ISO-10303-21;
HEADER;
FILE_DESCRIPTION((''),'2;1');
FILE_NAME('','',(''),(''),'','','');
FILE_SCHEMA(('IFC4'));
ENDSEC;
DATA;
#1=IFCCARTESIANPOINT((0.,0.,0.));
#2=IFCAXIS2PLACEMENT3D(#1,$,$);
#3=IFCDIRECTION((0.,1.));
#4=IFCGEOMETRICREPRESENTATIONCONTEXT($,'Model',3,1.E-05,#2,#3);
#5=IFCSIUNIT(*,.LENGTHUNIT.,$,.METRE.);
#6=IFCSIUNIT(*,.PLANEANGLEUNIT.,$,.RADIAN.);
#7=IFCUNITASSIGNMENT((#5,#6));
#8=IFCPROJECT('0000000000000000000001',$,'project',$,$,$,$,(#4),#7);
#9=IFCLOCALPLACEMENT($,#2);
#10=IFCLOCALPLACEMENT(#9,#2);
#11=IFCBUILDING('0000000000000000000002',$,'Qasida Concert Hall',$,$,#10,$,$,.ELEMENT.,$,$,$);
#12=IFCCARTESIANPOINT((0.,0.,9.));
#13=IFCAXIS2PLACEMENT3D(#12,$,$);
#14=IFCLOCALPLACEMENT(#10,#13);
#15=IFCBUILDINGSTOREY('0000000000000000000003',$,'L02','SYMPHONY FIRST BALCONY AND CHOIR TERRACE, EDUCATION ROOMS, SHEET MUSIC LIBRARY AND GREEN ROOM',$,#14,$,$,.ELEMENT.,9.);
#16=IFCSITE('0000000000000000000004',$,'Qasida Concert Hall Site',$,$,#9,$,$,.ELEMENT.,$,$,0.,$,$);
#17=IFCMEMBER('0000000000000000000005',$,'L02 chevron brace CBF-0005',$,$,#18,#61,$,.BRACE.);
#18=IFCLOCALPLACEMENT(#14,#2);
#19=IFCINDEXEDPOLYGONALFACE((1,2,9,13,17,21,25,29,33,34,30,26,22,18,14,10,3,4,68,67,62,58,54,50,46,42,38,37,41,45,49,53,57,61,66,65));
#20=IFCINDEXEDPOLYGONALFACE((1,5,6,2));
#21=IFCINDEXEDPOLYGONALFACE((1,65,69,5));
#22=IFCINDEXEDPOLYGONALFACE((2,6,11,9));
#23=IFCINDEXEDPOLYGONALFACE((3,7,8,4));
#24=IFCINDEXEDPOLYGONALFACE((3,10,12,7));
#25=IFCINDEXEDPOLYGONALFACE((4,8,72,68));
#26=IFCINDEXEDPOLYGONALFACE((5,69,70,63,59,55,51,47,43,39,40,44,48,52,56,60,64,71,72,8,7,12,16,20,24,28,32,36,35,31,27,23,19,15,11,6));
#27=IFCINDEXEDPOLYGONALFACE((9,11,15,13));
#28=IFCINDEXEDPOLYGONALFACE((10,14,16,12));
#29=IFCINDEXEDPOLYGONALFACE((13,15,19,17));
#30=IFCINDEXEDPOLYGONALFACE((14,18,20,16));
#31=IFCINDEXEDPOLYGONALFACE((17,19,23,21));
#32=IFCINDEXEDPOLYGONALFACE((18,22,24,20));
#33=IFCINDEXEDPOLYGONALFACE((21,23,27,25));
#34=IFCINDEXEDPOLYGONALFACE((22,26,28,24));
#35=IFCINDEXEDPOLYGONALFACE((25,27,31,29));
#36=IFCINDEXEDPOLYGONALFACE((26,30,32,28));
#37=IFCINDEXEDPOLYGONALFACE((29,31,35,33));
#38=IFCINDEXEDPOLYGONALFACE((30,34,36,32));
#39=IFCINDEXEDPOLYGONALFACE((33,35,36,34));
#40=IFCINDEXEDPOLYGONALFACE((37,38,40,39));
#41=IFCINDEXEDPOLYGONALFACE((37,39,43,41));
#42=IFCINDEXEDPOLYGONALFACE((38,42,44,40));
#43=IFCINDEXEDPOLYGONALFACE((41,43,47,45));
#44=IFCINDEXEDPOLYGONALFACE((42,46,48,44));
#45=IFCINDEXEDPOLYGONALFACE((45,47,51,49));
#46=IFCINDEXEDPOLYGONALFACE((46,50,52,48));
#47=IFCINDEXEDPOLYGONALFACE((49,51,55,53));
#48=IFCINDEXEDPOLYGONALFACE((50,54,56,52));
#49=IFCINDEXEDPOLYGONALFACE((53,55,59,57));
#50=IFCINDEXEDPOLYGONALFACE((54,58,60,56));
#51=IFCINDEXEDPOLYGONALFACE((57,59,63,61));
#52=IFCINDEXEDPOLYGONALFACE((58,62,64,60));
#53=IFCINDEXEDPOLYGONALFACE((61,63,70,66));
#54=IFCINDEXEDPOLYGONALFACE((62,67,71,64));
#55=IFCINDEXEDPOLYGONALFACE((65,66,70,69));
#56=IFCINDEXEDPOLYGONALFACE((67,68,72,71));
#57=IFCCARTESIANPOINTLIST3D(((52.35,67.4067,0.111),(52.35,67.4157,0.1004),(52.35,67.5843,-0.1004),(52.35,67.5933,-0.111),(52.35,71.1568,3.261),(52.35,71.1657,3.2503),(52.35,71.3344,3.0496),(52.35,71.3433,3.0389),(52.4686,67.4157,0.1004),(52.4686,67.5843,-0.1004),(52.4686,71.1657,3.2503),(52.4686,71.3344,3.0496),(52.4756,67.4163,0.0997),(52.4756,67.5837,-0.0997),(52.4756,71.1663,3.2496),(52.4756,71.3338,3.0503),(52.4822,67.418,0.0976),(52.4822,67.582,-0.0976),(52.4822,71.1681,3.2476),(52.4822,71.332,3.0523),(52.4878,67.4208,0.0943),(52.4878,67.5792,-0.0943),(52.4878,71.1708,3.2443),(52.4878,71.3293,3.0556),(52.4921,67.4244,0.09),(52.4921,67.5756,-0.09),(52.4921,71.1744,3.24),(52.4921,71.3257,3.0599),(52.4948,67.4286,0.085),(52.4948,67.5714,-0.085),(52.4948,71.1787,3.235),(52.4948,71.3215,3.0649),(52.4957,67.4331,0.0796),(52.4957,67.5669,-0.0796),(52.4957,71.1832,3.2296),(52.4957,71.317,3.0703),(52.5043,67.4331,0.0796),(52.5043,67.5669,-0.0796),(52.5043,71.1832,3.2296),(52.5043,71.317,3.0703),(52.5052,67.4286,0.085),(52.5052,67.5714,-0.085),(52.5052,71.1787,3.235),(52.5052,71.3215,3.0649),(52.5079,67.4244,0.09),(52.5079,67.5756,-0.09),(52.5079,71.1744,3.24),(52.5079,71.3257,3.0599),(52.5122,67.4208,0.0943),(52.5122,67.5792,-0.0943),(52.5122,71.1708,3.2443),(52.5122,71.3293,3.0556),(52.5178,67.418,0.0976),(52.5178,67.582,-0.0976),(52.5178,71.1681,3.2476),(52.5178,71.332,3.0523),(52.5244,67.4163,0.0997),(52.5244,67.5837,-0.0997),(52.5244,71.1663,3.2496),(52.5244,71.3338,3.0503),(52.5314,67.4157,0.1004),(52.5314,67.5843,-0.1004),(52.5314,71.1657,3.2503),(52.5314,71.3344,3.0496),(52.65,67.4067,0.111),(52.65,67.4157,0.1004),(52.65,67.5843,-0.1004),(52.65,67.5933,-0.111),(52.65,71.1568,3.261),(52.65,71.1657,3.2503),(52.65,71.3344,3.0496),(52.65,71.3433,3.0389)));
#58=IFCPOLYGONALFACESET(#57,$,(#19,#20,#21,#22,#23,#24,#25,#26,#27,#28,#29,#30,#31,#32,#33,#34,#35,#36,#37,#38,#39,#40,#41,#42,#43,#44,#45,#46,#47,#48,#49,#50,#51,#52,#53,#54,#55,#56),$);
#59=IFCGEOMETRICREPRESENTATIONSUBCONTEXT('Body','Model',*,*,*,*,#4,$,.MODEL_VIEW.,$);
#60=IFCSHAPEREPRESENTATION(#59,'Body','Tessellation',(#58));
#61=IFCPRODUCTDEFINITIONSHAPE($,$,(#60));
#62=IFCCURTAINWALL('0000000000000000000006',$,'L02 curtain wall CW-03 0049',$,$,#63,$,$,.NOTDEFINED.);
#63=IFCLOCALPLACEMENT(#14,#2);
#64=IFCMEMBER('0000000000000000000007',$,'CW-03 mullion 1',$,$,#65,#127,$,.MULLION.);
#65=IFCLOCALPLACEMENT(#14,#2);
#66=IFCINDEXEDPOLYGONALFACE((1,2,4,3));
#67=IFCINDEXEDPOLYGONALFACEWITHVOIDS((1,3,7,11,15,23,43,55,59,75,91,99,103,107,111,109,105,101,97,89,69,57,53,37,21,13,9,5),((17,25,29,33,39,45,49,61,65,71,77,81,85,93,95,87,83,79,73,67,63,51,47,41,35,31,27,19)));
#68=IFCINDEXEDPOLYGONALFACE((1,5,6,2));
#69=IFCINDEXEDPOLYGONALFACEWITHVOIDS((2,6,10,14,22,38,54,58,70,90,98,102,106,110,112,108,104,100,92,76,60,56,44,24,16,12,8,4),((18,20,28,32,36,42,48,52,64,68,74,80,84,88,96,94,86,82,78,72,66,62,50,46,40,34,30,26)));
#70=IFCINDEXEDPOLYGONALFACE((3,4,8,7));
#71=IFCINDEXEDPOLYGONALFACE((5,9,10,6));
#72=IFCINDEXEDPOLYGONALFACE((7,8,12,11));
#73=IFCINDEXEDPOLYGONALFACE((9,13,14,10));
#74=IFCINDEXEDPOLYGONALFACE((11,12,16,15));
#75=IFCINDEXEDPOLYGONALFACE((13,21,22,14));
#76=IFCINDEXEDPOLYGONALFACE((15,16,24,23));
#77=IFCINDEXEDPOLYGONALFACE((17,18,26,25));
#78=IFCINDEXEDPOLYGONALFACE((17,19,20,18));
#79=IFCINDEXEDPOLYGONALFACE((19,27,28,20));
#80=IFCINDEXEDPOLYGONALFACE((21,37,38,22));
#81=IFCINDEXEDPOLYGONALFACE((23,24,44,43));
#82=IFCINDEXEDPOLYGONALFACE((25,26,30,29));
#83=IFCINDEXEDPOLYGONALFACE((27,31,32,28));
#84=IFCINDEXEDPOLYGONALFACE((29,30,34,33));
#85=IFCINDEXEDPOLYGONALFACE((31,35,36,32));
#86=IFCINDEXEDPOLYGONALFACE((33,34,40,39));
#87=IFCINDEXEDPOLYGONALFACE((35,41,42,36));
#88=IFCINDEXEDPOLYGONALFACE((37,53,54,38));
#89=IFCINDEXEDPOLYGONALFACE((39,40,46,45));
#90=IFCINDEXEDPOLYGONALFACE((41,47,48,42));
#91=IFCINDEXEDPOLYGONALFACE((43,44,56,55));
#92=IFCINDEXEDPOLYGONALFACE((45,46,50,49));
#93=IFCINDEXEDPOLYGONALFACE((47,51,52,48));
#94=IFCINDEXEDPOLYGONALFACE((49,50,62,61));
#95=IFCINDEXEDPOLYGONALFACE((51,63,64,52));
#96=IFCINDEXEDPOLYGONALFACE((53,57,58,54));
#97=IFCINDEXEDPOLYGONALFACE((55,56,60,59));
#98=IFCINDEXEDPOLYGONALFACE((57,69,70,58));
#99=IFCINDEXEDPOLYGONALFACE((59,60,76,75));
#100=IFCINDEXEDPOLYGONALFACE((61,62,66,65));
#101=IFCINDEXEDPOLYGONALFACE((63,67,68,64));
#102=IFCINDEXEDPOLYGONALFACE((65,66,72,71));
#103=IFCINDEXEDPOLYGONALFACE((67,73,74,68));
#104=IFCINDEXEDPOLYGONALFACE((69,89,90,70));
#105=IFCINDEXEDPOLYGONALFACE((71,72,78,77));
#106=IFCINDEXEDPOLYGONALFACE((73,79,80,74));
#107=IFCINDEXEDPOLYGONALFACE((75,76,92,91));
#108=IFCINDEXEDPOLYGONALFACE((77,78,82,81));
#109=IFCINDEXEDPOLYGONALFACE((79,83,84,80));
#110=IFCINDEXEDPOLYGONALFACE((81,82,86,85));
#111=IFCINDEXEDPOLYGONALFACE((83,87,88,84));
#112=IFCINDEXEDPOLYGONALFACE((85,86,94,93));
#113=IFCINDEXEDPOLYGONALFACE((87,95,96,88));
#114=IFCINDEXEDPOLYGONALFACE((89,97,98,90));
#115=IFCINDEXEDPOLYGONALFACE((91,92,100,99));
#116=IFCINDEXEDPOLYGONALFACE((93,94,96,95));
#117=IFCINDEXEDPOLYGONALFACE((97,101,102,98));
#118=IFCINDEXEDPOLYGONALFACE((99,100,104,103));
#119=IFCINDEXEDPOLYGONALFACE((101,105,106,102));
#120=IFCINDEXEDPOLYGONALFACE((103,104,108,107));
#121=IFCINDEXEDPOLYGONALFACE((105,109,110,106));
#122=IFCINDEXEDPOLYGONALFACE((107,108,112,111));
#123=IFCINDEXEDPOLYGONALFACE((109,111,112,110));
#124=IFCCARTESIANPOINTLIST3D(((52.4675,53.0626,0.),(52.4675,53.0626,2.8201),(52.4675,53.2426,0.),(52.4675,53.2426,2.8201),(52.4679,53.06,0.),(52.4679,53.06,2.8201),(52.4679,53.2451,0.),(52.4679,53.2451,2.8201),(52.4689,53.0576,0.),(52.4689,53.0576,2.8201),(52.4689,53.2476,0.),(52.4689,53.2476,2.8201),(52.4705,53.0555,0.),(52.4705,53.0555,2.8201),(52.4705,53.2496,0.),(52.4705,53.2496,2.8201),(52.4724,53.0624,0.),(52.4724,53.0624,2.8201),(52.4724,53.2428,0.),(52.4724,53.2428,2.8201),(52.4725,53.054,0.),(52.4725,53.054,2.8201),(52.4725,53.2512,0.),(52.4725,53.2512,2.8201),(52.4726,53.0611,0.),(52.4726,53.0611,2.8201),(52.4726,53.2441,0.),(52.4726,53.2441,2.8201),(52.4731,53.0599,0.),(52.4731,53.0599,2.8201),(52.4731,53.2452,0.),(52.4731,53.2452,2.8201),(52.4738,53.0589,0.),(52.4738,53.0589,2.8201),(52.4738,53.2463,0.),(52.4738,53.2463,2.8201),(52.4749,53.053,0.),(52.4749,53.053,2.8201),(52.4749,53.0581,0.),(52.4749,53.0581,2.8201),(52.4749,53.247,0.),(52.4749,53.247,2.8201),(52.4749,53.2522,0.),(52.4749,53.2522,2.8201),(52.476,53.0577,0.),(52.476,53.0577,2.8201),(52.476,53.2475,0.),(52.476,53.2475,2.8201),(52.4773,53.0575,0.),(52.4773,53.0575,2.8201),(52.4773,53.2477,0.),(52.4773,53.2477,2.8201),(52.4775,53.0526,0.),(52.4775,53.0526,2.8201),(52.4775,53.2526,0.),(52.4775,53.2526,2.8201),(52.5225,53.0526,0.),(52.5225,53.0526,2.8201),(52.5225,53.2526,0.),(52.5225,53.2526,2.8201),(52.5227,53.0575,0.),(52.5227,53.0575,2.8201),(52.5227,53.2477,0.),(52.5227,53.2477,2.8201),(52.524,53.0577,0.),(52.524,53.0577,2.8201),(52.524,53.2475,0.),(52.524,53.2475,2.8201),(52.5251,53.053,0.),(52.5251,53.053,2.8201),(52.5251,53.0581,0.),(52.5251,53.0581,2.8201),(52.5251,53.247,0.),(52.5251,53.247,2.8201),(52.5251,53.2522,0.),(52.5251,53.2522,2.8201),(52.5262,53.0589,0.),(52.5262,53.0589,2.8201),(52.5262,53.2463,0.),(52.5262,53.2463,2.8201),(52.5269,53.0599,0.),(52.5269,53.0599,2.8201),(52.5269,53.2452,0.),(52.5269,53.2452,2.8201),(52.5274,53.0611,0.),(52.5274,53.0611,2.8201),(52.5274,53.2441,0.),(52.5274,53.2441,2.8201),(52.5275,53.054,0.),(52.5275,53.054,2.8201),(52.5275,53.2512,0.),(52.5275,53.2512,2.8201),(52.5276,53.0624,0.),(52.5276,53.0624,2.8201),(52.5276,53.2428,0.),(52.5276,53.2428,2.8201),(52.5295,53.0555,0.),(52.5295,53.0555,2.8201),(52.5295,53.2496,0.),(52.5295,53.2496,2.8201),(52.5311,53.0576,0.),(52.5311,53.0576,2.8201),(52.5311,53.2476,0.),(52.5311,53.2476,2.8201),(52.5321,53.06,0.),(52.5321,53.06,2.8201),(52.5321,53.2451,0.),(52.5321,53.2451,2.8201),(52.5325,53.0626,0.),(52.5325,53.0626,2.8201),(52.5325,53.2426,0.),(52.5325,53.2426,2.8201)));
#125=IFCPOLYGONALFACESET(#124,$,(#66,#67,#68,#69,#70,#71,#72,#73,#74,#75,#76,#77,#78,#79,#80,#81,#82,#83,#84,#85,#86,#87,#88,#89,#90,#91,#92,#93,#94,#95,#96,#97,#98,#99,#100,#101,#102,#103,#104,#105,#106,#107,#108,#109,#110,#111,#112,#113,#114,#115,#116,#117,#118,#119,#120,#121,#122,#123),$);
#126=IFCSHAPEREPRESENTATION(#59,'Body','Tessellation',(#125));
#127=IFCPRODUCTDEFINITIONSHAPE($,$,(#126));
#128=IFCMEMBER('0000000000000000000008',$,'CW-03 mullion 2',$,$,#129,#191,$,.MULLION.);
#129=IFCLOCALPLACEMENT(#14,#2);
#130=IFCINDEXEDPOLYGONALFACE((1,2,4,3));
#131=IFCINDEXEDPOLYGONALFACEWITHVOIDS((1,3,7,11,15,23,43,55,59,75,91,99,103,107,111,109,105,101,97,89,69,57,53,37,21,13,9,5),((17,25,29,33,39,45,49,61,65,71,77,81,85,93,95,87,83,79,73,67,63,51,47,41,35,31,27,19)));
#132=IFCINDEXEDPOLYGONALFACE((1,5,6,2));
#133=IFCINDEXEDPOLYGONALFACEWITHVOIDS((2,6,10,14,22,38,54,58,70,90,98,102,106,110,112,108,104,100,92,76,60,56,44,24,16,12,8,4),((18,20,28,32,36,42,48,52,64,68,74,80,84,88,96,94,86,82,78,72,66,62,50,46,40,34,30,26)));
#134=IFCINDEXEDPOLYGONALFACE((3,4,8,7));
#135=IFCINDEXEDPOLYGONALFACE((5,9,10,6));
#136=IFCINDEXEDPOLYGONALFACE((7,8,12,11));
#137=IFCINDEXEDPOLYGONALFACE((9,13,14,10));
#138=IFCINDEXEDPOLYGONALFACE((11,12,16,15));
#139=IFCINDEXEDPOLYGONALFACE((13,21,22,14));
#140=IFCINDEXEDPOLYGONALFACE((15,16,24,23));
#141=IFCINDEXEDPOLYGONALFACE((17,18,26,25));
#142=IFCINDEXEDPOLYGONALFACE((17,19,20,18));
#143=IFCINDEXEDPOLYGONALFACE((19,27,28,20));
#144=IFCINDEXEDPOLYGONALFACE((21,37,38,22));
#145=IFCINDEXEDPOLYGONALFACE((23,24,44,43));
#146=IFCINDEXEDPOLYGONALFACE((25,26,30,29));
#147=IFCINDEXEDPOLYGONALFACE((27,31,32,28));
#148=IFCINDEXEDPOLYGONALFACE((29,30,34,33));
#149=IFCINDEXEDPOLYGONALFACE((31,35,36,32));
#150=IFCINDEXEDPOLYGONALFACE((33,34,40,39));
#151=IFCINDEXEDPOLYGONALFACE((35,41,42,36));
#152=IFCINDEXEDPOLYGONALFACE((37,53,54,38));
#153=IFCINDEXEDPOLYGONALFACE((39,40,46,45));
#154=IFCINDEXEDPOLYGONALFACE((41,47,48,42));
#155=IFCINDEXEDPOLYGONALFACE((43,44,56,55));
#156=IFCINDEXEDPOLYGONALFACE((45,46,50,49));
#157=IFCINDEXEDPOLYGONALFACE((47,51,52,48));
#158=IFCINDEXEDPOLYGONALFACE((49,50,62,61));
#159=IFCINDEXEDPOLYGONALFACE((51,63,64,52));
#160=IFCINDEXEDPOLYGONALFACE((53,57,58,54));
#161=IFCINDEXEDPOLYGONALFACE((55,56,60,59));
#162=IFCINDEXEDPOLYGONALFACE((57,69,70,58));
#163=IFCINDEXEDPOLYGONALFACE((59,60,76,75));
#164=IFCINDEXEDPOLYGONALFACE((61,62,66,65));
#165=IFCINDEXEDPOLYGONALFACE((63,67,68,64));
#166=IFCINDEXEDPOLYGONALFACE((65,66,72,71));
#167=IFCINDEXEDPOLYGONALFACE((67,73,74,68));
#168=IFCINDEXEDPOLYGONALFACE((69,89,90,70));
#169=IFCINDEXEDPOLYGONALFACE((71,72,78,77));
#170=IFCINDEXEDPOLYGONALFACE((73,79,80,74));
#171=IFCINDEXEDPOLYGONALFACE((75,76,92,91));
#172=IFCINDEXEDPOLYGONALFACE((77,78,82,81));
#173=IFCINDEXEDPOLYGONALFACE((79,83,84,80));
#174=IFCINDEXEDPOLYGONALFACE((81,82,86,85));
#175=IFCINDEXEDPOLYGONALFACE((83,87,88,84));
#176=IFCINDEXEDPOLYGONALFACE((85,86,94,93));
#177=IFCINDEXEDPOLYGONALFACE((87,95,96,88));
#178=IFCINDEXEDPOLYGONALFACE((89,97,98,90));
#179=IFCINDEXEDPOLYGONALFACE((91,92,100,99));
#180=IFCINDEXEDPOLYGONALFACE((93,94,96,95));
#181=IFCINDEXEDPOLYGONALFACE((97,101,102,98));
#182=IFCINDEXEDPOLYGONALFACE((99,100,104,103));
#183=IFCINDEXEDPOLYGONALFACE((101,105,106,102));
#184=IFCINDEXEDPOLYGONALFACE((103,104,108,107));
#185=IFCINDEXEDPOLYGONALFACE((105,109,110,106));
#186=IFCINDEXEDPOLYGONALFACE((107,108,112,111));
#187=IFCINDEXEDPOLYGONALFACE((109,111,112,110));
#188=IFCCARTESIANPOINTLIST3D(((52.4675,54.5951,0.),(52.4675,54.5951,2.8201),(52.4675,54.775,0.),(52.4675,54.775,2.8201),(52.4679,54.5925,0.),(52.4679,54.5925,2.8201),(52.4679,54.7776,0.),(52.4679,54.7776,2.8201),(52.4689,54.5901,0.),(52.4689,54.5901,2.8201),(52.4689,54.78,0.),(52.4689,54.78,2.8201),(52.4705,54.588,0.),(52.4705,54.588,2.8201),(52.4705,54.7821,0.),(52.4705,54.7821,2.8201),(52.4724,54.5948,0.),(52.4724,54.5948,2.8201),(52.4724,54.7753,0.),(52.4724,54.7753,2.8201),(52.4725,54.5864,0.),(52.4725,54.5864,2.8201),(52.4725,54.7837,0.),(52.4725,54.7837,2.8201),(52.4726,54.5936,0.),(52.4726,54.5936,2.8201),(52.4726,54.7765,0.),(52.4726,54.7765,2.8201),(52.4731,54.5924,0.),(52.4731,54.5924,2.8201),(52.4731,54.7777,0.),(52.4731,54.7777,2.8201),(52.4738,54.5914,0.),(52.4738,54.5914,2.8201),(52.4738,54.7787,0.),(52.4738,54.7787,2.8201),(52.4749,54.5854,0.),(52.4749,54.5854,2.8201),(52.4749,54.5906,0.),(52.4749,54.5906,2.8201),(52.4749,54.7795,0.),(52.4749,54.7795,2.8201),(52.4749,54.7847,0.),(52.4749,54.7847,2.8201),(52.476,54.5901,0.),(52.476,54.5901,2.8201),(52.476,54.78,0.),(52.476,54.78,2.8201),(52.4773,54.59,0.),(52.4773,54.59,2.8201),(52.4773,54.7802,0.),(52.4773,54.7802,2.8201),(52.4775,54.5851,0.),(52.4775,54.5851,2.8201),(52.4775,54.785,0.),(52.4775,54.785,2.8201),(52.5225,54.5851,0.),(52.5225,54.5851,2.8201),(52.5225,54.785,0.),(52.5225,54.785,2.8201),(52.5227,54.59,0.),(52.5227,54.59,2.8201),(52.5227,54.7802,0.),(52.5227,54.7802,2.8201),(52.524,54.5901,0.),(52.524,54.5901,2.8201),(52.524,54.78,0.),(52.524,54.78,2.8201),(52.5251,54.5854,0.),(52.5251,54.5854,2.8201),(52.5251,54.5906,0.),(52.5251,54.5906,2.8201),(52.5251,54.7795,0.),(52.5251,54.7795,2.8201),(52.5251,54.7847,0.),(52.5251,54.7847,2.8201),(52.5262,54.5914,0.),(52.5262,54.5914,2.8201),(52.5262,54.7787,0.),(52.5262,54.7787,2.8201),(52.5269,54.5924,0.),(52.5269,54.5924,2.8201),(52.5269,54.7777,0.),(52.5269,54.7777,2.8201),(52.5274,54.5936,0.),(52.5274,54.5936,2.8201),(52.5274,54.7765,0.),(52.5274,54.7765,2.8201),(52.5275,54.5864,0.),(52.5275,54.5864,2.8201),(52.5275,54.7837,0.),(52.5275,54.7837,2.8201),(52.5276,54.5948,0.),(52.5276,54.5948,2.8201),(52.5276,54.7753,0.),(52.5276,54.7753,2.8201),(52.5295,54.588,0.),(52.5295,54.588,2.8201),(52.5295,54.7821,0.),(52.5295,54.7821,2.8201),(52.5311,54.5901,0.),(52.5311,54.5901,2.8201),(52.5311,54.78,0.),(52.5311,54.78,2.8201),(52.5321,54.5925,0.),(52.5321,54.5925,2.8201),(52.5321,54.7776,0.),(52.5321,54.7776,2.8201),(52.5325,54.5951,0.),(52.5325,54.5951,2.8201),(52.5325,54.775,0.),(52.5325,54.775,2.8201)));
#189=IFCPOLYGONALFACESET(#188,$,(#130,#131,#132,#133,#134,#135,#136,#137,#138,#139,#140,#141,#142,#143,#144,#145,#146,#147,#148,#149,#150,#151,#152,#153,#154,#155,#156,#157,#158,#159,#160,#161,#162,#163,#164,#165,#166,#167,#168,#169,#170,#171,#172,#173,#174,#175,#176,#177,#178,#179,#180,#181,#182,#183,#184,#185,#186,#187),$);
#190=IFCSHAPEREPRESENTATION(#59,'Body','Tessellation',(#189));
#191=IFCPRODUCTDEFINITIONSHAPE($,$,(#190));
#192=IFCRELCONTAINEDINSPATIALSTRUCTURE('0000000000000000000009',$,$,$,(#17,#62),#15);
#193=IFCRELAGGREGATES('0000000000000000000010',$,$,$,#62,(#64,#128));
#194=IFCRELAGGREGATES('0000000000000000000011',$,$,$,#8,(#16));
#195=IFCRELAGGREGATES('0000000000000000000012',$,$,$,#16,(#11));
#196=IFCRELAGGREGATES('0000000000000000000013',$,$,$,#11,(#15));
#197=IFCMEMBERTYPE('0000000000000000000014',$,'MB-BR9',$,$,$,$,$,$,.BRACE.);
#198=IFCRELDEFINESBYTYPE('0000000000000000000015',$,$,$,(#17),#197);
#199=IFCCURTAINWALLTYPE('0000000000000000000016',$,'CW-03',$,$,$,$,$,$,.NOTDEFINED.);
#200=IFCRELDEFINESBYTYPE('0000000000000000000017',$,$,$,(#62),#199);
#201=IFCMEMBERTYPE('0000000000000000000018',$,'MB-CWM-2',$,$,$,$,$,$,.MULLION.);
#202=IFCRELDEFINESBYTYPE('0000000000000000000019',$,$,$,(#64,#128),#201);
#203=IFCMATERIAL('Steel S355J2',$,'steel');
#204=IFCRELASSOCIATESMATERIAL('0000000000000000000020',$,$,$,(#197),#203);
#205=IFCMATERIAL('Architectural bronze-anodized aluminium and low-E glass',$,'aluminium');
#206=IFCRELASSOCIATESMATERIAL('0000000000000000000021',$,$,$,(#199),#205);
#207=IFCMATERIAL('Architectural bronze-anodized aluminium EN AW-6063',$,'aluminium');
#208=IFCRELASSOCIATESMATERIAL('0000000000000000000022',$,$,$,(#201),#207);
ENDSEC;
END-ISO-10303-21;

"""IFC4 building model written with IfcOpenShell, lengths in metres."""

from ifc_helpers import new_model, si_unit, direction, frame, origin, origin_2d, place, context, subcontext, project, spatial, hollow_rectangle, i_section, extrude, material, material_profile, profile_set, type_object, element, aggregate, save


model = new_model("IFC4")

# Units and contexts
model_context = context("Model", 3, precision=1e-05, world=origin(), true_north=direction((0.0, 1.0)))
body_context = subcontext(model_context, "Body", "Model", "MODEL_VIEW")
ifc_project = project(units=[si_unit("LENGTHUNIT", "METRE"), si_unit("PLANEANGLEUNIT", "RADIAN")], contexts=[model_context])

# Site, building, storey
site_placement = place(None, origin())
site = spatial("IfcSite", under=ifc_project, at=site_placement, Name="Qasida Concert Hall Site", CompositionType="ELEMENT", RefElevation=0.0)
building_placement = place(site_placement, origin())
building = spatial("IfcBuilding", under=site, at=building_placement, Name="Qasida Concert Hall", CompositionType="ELEMENT")
storey_placement = place(building_placement, frame((0.0, 0.0, 9.0)))
storey = spatial("IfcBuildingStorey", under=building, at=storey_placement, Name="L02", Description="SYMPHONY FIRST BALCONY AND CHOIR TERRACE, EDUCATION ROOMS, SHEET MUSIC LIBRARY AND GREEN ROOM", CompositionType="ELEMENT", Elevation=9.0)

# Shared definitions
ifc_material_1 = material(Name="Steel S355J2", Category="steel")

# Member
ifc_material_profile_1 = material_profile(ifc_material_1, i_section(OverallWidth=0.3, OverallDepth=0.29, WebThickness=0.0085, FlangeThickness=0.0139, FilletRadius=0.0271, at=origin_2d()), Name="HEA 300")
ifc_profile_set_1 = profile_set([ifc_material_profile_1], Name="Steel S355J2")
member_type_1 = type_object("IfcMemberType", Name="MB-BR9", PredefinedType="BRACE", material=ifc_profile_set_1)
member_1_placement = place(storey_placement, frame((52.5, 67.5, 0.0), z_axis=(0.0, 0.765715, 0.64318), x_axis=(-1.0, 0.0, 0.0)))
element("IfcMember", 1, at=member_1_placement, inside=storey, type_object=member_type_1, Name="L02 chevron brace CBF-0005", PredefinedType="BRACE", context=body_context, shape_type="SweptSolid", body=[
    extrude(i_section(OverallWidth=0.3, OverallDepth=0.29, WebThickness=0.0085, FlangeThickness=0.0139, FilletRadius=0.0271, at=origin_2d()), origin(), (0.0, 0.0, 1.0), 4.8975),
])

# Curtain wall, members
ifc_material_2 = material(Name="Architectural bronze-anodized aluminium and low-E glass", Category="aluminium")
curtain_wall_type_1 = type_object("IfcCurtainWallType", Name="CW-03", PredefinedType="NOTDEFINED", material=ifc_material_2)
curtain_wall_1_placement = place(storey_placement, origin())
curtain_wall_1 = element("IfcCurtainWall", 2, at=curtain_wall_1_placement, inside=storey, type_object=curtain_wall_type_1, Name="L02 curtain wall CW-03 0049", PredefinedType="NOTDEFINED")
ifc_material_3 = material(Name="Architectural bronze-anodized aluminium EN AW-6063", Category="aluminium")
ifc_material_profile_2 = material_profile(ifc_material_3, hollow_rectangle(XDim=0.0649, YDim=0.2, WallThickness=0.0049, InnerFilletRadius=0.0049, OuterFilletRadius=0.01, at=origin_2d()), Name="CWM 200x65x5")
ifc_profile_set_2 = profile_set([ifc_material_profile_2], Name="Architectural bronze-anodized aluminium EN AW-6063")
member_type_2 = type_object("IfcMemberType", Name="MB-CWM-2", PredefinedType="MULLION", material=ifc_profile_set_2)
member_2_placement = place(storey_placement, frame((52.5, 53.1526, 0.0), z_axis=(0.0, 0.0, 1.0), x_axis=(-1.0, 0.0, 0.0)))
member_2 = element("IfcMember", 3, at=member_2_placement, type_object=member_type_2, Name="CW-03 mullion 1", PredefinedType="MULLION", context=body_context, shape_type="SweptSolid", body=[
    extrude(hollow_rectangle(XDim=0.0649, YDim=0.2, WallThickness=0.0049, InnerFilletRadius=0.0049, OuterFilletRadius=0.01, at=origin_2d()), origin(), (0.0, 0.0, 1.0), 2.8201),
])
member_3_placement = place(storey_placement, frame((52.5, 54.6851, 0.0), z_axis=(0.0, 0.0, 1.0), x_axis=(-1.0, 0.0, 0.0)))
member_3 = element("IfcMember", 4, at=member_3_placement, type_object=member_type_2, Name="CW-03 mullion 2", PredefinedType="MULLION", context=body_context, shape_type="SweptSolid", body=[
    extrude(hollow_rectangle(XDim=0.0649, YDim=0.2, WallThickness=0.0049, InnerFilletRadius=0.0049, OuterFilletRadius=0.01, at=origin_2d()), origin(), (0.0, 0.0, 1.0), 2.8201),
])

aggregate(curtain_wall_1, [member_2, member_3])

save(model, "model.ifc")
